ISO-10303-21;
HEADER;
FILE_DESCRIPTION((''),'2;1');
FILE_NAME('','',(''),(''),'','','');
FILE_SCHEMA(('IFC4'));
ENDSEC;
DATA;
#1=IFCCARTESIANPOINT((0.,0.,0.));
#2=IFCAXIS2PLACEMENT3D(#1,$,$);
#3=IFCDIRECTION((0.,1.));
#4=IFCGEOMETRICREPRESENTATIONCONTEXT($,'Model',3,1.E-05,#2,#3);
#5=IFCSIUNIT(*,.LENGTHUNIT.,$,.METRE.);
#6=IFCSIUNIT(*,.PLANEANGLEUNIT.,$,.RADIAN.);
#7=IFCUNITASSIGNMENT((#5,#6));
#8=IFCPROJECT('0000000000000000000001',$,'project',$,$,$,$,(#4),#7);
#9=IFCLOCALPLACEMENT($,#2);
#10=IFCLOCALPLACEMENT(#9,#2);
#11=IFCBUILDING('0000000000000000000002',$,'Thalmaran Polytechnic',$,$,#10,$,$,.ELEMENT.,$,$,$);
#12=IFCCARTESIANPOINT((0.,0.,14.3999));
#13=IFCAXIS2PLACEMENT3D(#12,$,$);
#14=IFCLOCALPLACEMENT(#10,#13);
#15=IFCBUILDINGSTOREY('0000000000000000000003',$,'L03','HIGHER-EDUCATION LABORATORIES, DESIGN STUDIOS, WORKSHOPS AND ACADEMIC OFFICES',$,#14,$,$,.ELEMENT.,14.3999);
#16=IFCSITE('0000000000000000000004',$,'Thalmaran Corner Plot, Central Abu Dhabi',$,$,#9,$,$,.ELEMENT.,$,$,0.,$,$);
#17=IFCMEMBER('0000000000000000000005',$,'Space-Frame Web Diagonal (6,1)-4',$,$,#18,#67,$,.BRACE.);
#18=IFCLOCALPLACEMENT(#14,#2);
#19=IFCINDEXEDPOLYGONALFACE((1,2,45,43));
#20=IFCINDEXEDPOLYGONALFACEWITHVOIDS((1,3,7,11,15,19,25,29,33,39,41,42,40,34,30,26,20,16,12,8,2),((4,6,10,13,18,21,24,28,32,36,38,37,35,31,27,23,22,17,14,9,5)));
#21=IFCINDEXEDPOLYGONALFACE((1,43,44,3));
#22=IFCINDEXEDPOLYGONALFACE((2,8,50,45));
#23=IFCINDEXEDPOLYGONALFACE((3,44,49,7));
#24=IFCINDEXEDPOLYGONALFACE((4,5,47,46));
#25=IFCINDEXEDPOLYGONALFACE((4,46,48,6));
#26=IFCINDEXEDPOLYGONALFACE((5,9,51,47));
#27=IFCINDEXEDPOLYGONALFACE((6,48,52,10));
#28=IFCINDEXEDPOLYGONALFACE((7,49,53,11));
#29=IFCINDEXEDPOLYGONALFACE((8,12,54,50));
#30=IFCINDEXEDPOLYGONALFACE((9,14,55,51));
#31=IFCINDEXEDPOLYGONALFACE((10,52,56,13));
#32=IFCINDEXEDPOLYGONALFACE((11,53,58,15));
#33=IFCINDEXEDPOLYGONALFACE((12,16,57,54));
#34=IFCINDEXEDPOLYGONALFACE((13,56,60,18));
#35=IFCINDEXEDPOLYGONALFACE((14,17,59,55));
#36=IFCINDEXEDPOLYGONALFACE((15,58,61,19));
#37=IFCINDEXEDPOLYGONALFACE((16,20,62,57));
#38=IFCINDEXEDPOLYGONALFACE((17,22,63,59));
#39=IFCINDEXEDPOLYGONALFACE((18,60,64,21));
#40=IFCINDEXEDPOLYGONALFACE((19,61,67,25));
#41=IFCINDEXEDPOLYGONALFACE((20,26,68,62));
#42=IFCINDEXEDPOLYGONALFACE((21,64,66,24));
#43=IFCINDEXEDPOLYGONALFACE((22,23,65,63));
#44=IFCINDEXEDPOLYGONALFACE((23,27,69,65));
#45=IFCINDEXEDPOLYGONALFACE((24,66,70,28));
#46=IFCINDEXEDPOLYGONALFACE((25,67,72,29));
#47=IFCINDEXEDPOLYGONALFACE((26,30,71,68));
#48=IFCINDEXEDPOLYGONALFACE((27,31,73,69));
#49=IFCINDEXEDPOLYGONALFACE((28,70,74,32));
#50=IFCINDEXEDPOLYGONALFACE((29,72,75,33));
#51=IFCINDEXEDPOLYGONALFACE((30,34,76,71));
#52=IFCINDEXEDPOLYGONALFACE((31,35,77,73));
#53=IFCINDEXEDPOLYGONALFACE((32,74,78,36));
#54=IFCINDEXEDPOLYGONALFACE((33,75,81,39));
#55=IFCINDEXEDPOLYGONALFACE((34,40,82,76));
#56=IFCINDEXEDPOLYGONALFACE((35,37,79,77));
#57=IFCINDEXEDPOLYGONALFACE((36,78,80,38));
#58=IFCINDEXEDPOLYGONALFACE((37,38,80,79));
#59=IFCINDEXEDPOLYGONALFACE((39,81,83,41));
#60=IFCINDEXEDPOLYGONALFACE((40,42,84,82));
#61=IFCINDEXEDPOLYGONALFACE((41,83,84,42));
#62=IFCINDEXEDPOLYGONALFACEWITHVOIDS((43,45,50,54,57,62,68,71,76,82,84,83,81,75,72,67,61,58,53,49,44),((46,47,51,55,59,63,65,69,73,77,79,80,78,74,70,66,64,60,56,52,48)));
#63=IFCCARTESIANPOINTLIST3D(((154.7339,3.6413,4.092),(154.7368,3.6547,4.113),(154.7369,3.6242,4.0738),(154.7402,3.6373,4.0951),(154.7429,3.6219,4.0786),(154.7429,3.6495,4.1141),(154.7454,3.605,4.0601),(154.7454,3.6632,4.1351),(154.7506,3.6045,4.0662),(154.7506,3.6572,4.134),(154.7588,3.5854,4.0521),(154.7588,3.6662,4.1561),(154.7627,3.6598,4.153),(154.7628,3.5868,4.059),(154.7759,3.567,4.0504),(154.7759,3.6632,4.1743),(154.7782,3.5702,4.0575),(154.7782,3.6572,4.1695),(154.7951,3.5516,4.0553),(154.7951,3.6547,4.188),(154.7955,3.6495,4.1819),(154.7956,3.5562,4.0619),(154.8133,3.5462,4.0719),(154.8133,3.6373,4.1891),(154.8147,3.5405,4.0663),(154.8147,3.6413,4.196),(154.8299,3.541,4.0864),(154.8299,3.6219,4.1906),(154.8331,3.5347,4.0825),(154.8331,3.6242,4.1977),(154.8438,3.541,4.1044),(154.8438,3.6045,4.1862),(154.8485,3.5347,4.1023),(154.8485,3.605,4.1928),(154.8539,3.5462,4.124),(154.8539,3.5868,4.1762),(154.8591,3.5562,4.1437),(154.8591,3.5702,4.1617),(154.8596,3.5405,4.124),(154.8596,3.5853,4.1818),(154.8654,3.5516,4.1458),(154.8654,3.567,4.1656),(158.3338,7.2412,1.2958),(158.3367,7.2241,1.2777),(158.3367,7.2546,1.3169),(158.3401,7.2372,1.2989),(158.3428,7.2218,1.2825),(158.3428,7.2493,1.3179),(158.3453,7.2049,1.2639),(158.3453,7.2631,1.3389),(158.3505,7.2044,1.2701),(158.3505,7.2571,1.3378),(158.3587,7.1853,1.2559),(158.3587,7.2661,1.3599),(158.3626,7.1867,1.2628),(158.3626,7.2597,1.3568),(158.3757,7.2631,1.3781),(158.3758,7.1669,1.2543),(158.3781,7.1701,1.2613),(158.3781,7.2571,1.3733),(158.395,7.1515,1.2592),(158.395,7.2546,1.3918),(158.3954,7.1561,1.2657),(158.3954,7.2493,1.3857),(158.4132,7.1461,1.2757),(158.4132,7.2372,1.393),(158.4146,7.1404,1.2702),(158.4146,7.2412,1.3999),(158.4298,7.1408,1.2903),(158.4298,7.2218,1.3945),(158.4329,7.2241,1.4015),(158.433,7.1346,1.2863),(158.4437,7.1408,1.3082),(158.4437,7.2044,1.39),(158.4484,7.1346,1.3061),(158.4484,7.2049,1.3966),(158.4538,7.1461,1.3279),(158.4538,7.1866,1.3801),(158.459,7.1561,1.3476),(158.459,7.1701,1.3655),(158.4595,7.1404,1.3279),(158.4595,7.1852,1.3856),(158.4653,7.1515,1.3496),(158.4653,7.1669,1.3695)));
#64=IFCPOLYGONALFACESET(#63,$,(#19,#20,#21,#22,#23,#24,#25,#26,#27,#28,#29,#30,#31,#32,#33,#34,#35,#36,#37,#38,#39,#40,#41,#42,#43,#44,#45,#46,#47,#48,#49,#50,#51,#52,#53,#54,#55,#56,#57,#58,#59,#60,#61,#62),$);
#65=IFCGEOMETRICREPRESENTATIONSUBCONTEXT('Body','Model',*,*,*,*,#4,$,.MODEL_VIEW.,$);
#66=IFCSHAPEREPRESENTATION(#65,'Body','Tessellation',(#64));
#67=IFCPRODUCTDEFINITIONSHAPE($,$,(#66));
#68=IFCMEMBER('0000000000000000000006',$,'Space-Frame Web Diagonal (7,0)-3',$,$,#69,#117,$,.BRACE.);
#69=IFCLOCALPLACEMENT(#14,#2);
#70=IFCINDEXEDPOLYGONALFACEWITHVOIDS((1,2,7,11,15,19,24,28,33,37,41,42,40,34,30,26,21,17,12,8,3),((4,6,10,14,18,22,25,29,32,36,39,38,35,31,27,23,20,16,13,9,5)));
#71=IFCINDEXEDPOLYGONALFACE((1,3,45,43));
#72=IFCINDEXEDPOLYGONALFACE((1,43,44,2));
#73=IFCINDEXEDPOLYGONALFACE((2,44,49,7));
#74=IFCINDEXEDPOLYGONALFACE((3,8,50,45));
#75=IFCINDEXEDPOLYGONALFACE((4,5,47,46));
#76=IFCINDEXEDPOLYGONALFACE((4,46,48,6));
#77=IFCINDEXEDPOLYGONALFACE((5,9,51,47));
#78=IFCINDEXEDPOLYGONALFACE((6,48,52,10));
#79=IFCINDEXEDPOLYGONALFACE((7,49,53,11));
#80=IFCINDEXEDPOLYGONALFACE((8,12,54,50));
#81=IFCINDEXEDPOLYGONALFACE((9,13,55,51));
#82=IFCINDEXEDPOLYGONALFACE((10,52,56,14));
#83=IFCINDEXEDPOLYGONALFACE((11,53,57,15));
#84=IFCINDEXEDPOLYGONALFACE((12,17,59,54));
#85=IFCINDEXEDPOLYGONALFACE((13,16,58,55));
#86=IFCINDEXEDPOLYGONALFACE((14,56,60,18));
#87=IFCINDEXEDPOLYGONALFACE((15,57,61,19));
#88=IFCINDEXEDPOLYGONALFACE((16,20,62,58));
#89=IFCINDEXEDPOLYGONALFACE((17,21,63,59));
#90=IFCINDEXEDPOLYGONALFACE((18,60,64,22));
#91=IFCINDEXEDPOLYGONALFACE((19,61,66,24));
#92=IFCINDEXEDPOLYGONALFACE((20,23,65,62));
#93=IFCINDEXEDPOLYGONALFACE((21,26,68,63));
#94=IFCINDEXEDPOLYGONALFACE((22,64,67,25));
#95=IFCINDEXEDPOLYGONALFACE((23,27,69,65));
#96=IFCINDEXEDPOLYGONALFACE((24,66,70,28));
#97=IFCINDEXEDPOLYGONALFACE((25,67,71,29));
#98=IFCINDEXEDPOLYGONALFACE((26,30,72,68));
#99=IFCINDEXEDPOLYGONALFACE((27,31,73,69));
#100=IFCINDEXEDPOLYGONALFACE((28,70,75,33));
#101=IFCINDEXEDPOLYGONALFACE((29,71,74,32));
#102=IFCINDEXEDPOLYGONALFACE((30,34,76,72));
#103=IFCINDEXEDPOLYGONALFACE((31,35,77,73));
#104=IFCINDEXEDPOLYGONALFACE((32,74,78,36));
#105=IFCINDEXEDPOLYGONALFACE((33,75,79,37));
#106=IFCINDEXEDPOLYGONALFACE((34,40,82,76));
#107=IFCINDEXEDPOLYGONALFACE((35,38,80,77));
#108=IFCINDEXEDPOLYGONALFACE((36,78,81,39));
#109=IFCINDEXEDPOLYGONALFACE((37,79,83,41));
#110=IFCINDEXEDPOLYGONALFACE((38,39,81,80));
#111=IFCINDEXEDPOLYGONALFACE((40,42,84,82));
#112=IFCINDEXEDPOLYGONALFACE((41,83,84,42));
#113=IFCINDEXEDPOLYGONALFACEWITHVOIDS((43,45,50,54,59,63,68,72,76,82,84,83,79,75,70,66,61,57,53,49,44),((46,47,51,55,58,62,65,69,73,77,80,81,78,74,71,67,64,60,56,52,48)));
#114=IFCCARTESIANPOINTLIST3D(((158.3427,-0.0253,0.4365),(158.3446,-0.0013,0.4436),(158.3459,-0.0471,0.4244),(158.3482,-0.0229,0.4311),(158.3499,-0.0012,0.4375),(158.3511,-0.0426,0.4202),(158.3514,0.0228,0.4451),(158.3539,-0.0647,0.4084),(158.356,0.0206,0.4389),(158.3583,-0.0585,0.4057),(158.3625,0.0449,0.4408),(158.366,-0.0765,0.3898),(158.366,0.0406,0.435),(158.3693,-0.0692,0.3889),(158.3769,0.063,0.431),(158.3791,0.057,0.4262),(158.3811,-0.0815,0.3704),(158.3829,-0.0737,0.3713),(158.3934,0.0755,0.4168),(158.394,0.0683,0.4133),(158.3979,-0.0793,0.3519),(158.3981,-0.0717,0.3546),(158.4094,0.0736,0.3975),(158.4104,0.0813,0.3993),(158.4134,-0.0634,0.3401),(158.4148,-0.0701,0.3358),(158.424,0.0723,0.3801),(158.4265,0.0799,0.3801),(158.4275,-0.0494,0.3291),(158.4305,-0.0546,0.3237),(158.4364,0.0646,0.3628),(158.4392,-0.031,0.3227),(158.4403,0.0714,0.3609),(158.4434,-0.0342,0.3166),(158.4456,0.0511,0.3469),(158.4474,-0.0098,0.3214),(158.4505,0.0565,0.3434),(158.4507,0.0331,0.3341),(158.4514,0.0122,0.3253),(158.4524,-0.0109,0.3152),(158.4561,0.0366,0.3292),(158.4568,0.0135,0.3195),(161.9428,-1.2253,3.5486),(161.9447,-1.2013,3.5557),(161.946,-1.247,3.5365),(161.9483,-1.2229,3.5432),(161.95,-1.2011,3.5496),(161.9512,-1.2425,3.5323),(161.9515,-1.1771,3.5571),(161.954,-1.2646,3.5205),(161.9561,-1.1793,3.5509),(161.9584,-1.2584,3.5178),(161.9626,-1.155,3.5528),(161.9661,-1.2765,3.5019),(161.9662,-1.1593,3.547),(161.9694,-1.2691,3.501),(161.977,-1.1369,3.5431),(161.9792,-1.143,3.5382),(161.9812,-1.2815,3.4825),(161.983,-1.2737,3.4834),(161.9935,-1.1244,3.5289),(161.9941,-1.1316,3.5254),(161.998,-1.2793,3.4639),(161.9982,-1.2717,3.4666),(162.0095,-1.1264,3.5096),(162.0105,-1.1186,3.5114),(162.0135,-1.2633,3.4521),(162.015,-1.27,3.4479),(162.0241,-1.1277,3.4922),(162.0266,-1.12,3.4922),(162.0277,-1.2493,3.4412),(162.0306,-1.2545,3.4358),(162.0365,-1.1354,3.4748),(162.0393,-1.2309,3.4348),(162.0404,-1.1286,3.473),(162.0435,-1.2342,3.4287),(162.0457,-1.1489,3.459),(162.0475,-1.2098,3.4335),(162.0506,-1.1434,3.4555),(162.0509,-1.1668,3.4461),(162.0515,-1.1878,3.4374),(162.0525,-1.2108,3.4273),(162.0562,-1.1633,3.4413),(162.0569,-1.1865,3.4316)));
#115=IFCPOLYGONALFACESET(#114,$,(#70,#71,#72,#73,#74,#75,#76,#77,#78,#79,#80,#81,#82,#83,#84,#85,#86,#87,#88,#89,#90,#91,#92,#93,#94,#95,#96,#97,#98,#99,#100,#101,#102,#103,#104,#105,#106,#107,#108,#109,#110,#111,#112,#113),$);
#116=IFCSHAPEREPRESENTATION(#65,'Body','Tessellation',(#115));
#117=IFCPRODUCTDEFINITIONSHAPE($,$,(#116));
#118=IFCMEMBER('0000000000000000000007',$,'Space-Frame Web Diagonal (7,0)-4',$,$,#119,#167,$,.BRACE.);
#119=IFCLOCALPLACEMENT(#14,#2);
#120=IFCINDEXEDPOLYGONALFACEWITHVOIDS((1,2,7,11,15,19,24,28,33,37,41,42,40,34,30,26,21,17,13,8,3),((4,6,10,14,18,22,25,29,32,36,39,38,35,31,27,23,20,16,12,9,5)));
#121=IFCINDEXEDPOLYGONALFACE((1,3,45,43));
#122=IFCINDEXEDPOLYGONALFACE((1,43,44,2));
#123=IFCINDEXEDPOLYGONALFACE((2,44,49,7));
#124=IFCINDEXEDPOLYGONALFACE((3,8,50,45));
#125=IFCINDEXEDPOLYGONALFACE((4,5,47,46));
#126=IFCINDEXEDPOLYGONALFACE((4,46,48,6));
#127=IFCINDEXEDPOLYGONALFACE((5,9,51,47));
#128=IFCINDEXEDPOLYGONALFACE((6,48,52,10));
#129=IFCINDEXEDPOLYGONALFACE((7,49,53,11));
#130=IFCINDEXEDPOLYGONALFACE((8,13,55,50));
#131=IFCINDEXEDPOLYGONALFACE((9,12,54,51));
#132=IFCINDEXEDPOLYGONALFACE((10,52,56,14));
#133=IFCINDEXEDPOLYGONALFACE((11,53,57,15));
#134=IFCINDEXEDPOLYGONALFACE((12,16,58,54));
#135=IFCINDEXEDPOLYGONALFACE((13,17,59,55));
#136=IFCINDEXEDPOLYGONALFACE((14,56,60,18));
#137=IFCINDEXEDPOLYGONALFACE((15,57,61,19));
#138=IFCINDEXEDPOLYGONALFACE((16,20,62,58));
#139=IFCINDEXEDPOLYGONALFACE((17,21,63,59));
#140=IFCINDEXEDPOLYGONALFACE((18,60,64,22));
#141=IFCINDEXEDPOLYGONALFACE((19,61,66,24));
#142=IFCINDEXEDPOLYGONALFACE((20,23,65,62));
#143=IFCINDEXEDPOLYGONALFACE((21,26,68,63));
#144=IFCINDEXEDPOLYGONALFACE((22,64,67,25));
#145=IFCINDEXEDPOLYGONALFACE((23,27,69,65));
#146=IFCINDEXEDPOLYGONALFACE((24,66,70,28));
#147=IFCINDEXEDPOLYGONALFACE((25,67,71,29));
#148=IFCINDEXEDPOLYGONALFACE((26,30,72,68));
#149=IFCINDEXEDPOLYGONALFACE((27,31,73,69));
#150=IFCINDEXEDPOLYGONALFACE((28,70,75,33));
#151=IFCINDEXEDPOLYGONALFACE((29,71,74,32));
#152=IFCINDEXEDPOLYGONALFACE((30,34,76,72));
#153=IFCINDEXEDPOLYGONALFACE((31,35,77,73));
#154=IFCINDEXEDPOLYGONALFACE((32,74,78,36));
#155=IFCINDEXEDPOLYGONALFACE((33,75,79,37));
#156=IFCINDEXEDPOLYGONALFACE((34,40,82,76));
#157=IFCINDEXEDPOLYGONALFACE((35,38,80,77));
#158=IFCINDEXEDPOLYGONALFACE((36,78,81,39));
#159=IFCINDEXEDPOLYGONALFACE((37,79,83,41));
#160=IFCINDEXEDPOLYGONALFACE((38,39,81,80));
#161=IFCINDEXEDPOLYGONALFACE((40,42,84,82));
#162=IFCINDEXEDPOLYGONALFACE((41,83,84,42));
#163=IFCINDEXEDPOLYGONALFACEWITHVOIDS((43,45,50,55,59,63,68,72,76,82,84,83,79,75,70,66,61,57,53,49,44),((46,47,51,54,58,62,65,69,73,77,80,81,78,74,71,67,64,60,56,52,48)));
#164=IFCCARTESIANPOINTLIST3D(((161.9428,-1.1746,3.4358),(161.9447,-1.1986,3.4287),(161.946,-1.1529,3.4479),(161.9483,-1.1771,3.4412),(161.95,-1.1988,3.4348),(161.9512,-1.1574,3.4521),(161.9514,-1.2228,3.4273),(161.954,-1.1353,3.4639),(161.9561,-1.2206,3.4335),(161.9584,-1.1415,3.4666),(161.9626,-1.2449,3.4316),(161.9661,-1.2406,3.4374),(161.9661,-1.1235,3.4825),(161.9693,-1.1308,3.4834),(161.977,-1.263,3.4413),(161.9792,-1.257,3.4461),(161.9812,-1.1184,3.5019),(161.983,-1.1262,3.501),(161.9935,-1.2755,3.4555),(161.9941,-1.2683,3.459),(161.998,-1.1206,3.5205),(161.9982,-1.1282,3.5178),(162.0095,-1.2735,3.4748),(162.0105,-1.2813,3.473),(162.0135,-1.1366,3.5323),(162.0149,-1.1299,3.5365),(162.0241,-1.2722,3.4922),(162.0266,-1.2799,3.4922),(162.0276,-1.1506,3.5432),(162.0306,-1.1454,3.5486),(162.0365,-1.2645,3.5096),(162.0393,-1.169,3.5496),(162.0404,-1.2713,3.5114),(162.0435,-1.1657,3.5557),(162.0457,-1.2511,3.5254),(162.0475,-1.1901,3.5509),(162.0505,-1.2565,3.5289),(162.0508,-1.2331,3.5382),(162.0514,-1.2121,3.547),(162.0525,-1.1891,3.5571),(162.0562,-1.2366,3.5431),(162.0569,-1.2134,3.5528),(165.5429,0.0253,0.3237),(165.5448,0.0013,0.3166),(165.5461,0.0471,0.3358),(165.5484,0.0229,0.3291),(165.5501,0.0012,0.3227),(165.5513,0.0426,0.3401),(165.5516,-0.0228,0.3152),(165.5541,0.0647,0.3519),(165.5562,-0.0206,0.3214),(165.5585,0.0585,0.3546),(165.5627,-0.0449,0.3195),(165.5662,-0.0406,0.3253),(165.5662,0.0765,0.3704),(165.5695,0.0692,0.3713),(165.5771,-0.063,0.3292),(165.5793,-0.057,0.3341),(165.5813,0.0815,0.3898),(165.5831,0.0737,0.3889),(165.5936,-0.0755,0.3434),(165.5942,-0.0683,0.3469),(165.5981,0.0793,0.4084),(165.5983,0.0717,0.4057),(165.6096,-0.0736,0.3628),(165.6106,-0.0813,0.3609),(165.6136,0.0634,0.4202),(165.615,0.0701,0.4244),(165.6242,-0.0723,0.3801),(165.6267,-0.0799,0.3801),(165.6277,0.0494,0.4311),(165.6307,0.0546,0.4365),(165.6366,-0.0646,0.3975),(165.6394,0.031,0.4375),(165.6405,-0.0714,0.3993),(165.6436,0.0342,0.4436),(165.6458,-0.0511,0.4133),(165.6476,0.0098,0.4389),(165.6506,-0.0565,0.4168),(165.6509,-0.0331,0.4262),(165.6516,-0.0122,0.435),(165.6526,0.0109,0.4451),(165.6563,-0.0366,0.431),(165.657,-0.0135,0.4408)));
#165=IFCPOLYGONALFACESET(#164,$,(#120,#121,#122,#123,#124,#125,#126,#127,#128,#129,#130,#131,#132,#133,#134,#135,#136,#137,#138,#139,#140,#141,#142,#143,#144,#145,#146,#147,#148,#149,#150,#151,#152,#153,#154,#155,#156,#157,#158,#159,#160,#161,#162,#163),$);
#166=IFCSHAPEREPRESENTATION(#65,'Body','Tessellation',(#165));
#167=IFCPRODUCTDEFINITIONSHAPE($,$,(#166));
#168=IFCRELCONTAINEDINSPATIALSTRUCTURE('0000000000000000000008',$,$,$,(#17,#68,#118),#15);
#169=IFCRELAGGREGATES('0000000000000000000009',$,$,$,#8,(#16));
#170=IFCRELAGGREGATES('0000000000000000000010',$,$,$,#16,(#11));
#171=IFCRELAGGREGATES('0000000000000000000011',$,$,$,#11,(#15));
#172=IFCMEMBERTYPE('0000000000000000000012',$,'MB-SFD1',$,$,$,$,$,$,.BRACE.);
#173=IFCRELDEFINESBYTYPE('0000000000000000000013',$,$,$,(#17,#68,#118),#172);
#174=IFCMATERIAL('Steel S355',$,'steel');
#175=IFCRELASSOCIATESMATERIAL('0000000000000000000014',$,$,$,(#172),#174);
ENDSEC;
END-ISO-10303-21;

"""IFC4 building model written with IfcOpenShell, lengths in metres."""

from ifc_helpers import new_model, si_unit, direction, frame, origin, origin_2d, place, context, subcontext, project, spatial, hollow_circle, extrude, material, material_profile, profile_set, type_object, element, save


model = new_model("IFC4")

# Units and contexts
model_context = context("Model", 3, precision=1e-05, world=origin(), true_north=direction((0.0, 1.0)))
body_context = subcontext(model_context, "Body", "Model", "MODEL_VIEW")
ifc_project = project(units=[si_unit("LENGTHUNIT", "METRE"), si_unit("PLANEANGLEUNIT", "RADIAN")], contexts=[model_context])

# Site, building, storey
site_placement = place(None, origin())
site = spatial("IfcSite", under=ifc_project, at=site_placement, Name="Thalmaran Corner Plot, Central Abu Dhabi", CompositionType="ELEMENT", RefElevation=0.0)
building_placement = place(site_placement, origin())
building = spatial("IfcBuilding", under=site, at=building_placement, Name="Thalmaran Polytechnic", CompositionType="ELEMENT")
storey_placement = place(building_placement, frame((0.0, 0.0, 14.3999)))
storey = spatial("IfcBuildingStorey", under=building, at=storey_placement, Name="L03", Description="HIGHER-EDUCATION LABORATORIES, DESIGN STUDIOS, WORKSHOPS AND ACADEMIC OFFICES", CompositionType="ELEMENT", Elevation=14.3999)

# Shared definitions
ifc_material_1 = material(Name="Steel S355", Category="steel")

# Members
ifc_material_profile_1 = material_profile(ifc_material_1, hollow_circle(Radius=0.0842, WallThickness=0.0081, at=origin_2d()), Name="CHS 168.3x8.0")
ifc_profile_set_1 = profile_set([ifc_material_profile_1], Name="Steel S355")
member_type_1 = type_object("IfcMemberType", Name="MB-SFD1", PredefinedType="BRACE", material=ifc_profile_set_1)
member_1_placement = place(storey_placement, frame((158.3999, 7.2, 1.3279), z_axis=(-0.619778, -0.619778, 0.481405), x_axis=(0.707107, -0.707107, 0.0)))
element("IfcMember", 1, at=member_1_placement, inside=storey, type_object=member_type_1, Name="Space-Frame Web Diagonal (6,1)-4", PredefinedType="BRACE", context=body_context, shape_type="SweptSolid", body=[
    extrude(hollow_circle(Radius=0.0842, WallThickness=0.0081, at=origin_2d()), origin(), (0.0, 0.0, 1.0), 5.8083),
])
for number, where, z_axis, x_axis, name in (
    (2, (158.3999, 0.0, 0.3801), (0.733561, -0.244504, 0.634118), (0.316208, 0.94869, 0.0), "Space-Frame Web Diagonal (7,0)-3"),
    (3, (165.6001, 0.0, 0.3801), (-0.733561, -0.244504, 0.634118), (0.316208, -0.94869, 0.0), "Space-Frame Web Diagonal (7,0)-4"),
):
    element("IfcMember", number, at=place(storey_placement, frame(where, z_axis=z_axis, x_axis=x_axis)), inside=storey, type_object=member_type_1, Name=name, PredefinedType="BRACE", context=body_context, shape_type="SweptSolid", body=[
        extrude(hollow_circle(Radius=0.0842, WallThickness=0.0081, at=origin_2d()), origin(), (0.0, 0.0, 1.0), 4.9077),
    ])

save(model, "model.ifc")
